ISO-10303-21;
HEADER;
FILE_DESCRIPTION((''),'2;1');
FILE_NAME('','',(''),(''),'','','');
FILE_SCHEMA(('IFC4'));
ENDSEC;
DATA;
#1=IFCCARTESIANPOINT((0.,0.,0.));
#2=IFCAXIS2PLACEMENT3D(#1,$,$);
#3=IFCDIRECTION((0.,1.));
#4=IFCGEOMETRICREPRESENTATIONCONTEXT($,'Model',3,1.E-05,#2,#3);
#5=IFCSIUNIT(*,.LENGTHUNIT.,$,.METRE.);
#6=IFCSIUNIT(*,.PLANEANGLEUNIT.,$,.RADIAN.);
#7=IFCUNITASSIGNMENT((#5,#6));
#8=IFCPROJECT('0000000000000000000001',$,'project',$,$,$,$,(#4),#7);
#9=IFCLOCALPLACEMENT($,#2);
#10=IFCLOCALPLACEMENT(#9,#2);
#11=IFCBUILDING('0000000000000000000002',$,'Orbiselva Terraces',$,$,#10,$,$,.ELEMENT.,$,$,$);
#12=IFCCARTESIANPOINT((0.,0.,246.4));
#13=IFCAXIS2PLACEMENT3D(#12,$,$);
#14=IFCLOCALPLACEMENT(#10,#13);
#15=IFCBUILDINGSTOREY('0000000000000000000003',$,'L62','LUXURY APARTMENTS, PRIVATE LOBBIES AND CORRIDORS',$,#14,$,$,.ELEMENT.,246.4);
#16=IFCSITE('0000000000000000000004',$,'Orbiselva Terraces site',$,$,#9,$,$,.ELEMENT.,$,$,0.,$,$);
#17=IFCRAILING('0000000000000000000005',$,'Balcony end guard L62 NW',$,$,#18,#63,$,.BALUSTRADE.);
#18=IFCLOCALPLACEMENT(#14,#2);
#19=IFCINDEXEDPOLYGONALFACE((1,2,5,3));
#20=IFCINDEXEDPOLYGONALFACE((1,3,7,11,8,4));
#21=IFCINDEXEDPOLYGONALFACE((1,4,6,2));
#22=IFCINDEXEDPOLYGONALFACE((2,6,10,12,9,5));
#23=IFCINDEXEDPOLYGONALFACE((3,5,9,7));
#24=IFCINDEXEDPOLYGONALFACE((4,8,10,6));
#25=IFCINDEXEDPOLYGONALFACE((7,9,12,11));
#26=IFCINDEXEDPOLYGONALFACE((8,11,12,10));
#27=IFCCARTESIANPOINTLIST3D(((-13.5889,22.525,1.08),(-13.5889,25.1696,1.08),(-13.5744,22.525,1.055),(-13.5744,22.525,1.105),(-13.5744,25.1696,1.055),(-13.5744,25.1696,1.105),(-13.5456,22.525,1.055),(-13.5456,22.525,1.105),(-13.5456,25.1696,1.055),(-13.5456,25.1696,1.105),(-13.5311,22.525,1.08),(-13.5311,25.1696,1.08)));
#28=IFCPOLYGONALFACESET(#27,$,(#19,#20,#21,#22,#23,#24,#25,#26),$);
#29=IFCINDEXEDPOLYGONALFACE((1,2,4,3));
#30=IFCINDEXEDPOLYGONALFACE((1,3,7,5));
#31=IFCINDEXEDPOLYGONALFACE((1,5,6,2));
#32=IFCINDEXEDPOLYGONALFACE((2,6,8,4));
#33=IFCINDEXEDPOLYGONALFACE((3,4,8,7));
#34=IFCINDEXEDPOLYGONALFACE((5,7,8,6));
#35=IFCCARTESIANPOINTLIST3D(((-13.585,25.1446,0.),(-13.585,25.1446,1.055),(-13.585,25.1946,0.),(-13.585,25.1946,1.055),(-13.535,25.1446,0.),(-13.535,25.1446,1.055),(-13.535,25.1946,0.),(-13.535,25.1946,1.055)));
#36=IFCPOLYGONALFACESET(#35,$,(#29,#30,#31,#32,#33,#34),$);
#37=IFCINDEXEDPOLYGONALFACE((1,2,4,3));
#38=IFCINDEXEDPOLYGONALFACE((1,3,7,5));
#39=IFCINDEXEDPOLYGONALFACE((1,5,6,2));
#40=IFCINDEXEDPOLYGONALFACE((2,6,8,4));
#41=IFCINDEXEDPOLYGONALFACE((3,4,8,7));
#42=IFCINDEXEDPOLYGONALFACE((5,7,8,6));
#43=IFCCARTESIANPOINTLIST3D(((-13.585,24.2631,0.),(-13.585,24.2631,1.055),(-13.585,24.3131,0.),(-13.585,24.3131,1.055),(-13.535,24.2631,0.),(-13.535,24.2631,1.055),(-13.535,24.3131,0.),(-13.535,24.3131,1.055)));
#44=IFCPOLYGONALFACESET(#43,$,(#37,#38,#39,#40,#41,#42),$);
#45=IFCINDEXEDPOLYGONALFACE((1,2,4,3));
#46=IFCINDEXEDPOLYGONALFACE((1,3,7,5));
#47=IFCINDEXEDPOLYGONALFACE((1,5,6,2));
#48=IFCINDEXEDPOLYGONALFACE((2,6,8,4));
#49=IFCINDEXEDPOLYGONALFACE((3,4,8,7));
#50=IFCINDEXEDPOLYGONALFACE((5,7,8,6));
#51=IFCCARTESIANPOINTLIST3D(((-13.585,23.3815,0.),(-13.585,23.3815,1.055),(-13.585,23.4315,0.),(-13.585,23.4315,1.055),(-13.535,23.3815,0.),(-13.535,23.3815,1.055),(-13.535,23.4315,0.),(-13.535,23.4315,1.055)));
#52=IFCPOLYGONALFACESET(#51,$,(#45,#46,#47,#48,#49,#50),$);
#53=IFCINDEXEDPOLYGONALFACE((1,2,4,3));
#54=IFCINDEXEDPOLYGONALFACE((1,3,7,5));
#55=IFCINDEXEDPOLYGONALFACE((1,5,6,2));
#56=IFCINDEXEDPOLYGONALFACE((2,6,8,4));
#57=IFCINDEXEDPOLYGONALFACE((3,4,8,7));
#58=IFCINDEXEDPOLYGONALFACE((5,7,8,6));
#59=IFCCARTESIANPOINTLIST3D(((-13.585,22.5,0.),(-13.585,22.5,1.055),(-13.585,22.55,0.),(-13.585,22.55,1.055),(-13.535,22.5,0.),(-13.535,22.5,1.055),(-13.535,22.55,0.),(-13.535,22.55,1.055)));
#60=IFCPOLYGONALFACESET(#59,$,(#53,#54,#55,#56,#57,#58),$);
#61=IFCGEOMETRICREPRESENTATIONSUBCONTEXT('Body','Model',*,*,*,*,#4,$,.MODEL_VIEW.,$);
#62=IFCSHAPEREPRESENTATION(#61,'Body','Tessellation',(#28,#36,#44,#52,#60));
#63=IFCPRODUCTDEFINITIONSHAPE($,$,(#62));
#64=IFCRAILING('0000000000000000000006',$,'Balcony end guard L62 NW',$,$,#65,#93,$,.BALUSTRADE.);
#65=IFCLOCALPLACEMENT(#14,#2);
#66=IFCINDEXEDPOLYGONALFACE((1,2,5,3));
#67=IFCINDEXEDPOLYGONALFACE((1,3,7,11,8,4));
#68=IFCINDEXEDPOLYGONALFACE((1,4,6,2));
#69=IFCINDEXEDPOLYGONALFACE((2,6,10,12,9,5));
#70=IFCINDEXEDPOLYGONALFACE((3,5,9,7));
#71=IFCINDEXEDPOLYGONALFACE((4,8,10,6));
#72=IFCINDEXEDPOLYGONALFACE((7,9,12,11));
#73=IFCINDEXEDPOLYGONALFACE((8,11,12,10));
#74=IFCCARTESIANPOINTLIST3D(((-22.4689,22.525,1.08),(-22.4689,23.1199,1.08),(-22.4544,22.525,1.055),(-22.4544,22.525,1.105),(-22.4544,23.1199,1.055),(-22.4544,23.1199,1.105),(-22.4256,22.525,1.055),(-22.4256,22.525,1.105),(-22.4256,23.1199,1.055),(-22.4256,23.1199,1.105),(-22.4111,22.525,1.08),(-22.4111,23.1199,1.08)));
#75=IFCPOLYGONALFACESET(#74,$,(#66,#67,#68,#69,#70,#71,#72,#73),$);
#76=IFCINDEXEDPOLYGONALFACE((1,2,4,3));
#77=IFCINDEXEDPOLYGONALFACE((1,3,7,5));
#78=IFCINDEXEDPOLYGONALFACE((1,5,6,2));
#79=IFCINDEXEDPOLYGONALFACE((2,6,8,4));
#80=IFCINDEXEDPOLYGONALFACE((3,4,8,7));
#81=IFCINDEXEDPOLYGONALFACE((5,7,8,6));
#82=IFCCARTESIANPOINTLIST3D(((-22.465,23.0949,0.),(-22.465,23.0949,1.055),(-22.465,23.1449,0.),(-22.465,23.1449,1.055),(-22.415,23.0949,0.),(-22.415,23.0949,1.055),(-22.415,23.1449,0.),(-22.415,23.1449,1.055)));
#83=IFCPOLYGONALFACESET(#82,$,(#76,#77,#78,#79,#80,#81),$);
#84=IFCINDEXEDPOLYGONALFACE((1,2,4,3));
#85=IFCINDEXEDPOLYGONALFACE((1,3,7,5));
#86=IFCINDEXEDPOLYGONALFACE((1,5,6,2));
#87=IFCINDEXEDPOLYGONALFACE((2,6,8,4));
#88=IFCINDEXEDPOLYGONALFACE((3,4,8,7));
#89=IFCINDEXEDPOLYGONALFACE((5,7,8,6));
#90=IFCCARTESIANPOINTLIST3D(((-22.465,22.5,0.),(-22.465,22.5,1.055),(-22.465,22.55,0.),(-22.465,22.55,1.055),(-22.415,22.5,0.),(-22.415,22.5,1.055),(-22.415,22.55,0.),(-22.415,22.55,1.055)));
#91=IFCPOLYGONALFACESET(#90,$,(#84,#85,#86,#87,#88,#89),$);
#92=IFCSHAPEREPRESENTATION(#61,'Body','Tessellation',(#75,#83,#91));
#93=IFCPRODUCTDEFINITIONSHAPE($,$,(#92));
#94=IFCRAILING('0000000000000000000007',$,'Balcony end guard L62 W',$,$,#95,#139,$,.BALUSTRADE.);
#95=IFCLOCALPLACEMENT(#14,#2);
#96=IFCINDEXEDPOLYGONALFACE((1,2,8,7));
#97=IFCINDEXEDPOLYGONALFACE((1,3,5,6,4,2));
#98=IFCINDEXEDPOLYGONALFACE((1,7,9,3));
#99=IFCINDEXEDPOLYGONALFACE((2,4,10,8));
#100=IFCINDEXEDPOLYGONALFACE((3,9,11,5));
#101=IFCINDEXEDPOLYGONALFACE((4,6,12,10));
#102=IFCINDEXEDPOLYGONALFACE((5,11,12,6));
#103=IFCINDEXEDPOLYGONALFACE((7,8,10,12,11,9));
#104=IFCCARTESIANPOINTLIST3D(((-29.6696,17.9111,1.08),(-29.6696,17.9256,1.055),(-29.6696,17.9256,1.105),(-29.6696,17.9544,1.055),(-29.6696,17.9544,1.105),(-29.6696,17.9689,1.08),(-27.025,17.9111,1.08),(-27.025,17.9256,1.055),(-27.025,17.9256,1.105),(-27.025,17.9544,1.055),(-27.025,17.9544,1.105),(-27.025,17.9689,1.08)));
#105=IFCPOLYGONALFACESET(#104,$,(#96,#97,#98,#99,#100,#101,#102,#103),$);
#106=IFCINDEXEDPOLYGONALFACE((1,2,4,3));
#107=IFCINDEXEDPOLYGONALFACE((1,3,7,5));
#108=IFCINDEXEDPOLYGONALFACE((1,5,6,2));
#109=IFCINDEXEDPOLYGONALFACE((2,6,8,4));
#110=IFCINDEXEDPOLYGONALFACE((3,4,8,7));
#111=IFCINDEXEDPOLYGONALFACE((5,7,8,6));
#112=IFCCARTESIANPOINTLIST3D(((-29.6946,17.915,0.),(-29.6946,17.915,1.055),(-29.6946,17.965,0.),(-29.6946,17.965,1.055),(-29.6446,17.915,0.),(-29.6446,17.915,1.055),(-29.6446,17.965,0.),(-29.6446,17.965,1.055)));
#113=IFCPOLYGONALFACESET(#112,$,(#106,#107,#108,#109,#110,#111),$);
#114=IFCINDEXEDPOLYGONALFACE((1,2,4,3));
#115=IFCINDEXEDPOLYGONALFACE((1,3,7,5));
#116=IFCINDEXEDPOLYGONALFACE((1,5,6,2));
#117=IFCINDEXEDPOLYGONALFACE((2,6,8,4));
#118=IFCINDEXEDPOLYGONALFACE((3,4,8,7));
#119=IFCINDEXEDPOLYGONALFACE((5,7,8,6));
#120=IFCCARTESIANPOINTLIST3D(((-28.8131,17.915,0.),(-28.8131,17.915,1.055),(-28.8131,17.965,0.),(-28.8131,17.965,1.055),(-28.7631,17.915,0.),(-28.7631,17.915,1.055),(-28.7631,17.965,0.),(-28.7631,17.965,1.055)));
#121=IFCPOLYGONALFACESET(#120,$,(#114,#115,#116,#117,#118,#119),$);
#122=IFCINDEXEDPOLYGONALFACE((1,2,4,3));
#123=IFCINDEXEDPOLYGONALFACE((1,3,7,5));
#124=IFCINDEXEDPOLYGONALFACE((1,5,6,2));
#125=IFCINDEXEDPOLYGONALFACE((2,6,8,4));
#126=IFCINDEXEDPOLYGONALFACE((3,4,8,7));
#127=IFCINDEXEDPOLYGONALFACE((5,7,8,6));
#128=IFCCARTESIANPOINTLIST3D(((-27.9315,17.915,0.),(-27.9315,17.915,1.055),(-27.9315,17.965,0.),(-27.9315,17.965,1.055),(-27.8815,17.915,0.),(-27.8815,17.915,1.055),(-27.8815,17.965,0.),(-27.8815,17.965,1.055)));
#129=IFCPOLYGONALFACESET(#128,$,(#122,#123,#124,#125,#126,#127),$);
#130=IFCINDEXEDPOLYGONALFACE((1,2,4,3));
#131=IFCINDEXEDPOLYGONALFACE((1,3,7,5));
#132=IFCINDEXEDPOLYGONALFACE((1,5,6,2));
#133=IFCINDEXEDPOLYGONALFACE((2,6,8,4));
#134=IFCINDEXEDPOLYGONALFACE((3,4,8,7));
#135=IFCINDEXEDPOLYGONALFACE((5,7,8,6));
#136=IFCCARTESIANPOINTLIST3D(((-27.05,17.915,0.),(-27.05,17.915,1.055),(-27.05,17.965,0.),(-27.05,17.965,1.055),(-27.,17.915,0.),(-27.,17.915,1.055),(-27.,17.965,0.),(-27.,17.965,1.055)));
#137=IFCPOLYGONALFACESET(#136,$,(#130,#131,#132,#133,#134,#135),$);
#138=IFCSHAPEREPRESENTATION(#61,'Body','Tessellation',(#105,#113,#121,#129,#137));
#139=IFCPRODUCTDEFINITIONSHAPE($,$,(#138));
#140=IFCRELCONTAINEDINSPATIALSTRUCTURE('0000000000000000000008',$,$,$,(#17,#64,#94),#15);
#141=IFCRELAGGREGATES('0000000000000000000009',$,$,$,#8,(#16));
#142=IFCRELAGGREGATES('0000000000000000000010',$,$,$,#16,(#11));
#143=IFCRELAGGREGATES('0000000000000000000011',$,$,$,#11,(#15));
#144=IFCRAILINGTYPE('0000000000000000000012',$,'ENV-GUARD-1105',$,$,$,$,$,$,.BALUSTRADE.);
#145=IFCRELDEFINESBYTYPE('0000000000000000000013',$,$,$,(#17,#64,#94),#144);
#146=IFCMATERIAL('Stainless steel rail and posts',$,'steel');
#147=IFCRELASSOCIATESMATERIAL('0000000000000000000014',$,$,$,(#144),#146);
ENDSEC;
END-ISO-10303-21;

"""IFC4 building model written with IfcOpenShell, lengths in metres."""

from ifc_helpers import new_model, si_unit, direction, frame, origin, origin_2d, place, context, subcontext, project, spatial, polyline, rectangle, outline, extrude, material, type_object, element, save


model = new_model("IFC4")

# Units and contexts
model_context = context("Model", 3, precision=1e-05, world=origin(), true_north=direction((0.0, 1.0)))
body_context = subcontext(model_context, "Body", "Model", "MODEL_VIEW")
ifc_project = project(units=[si_unit("LENGTHUNIT", "METRE"), si_unit("PLANEANGLEUNIT", "RADIAN")], contexts=[model_context])

# Site, building, storey
site_placement = place(None, origin())
site = spatial("IfcSite", under=ifc_project, at=site_placement, Name="Orbiselva Terraces site", CompositionType="ELEMENT", RefElevation=0.0)
building_placement = place(site_placement, origin())
building = spatial("IfcBuilding", under=site, at=building_placement, Name="Orbiselva Terraces", CompositionType="ELEMENT")
storey_placement = place(building_placement, frame((0.0, 0.0, 246.4)))
storey = spatial("IfcBuildingStorey", under=building, at=storey_placement, Name="L62", Description="LUXURY APARTMENTS, PRIVATE LOBBIES AND CORRIDORS", CompositionType="ELEMENT", Elevation=246.4)

# Railings
ifc_material_1 = material(Name="Stainless steel rail and posts", Category="steel")
railing_type_1 = type_object("IfcRailingType", Name="ENV-GUARD-1105", PredefinedType="BALUSTRADE", material=ifc_material_1)
railing_1_placement = place(storey_placement, frame((-13.56, 25.1696, 0.0)))
element("IfcRailing", 1, at=railing_1_placement, inside=storey, type_object=railing_type_1, Name="Balcony end guard L62 NW", PredefinedType="BALUSTRADE", context=body_context, shape_type="SweptSolid", body=[
    extrude(outline(polyline([(0.0289, 0.0), (0.0144, 0.025), (-0.0144, 0.025), (-0.0289, 0.0), (-0.0144, -0.025), (0.0144, -0.025), (0.0289, 0.0)])), frame((0.0, 0.0, 1.08), z_axis=(0.0, -1.0, 0.0), x_axis=(1.0, 0.0, 0.0)), (0.0, 0.0, 1.0), 2.6446),
    extrude(rectangle(XDim=0.05, YDim=0.05, at=origin_2d()), origin(), (0.0, 0.0, 1.0), 1.055),
    extrude(rectangle(XDim=0.05, YDim=0.05, at=origin_2d()), frame((0.0, -0.8815, 0.0)), (0.0, 0.0, 1.0), 1.055),
    extrude(rectangle(XDim=0.05, YDim=0.05, at=origin_2d()), frame((0.0, -1.7631, 0.0)), (0.0, 0.0, 1.0), 1.055),
    extrude(rectangle(XDim=0.05, YDim=0.05, at=origin_2d()), frame((0.0, -2.6446, 0.0)), (0.0, 0.0, 1.0), 1.055),
])
railing_2_placement = place(storey_placement, frame((-22.44, 23.1199, 0.0)))
element("IfcRailing", 2, at=railing_2_placement, inside=storey, type_object=railing_type_1, Name="Balcony end guard L62 NW", PredefinedType="BALUSTRADE", context=body_context, shape_type="SweptSolid", body=[
    extrude(outline(polyline([(0.0289, 0.0), (0.0144, 0.025), (-0.0144, 0.025), (-0.0289, 0.0), (-0.0144, -0.025), (0.0144, -0.025), (0.0289, 0.0)])), frame((0.0, 0.0, 1.08), z_axis=(0.0, -1.0, 0.0), x_axis=(1.0, 0.0, 0.0)), (0.0, 0.0, 1.0), 0.5949),
    extrude(rectangle(XDim=0.05, YDim=0.05, at=origin_2d()), origin(), (0.0, 0.0, 1.0), 1.055),
    extrude(rectangle(XDim=0.05, YDim=0.05, at=origin_2d()), frame((0.0, -0.5949, 0.0)), (0.0, 0.0, 1.0), 1.055),
])
railing_3_placement = place(storey_placement, frame((-29.6696, 17.94, 0.0)))
element("IfcRailing", 3, at=railing_3_placement, inside=storey, type_object=railing_type_1, Name="Balcony end guard L62 W", PredefinedType="BALUSTRADE", context=body_context, shape_type="SweptSolid", body=[
    extrude(outline(polyline([(0.0289, 0.0), (0.0144, 0.025), (-0.0144, 0.025), (-0.0289, 0.0), (-0.0144, -0.025), (0.0144, -0.025), (0.0289, 0.0)])), frame((0.0, 0.0, 1.08), z_axis=(1.0, 0.0, 0.0), x_axis=(0.0, 1.0, 0.0)), (0.0, 0.0, 1.0), 2.6446),
    extrude(rectangle(XDim=0.05, YDim=0.05, at=origin_2d()), origin(), (0.0, 0.0, 1.0), 1.055),
    extrude(rectangle(XDim=0.05, YDim=0.05, at=origin_2d()), frame((0.8815, 0.0, 0.0)), (0.0, 0.0, 1.0), 1.055),
    extrude(rectangle(XDim=0.05, YDim=0.05, at=origin_2d()), frame((1.7631, 0.0, 0.0)), (0.0, 0.0, 1.0), 1.055),
    extrude(rectangle(XDim=0.05, YDim=0.05, at=origin_2d()), frame((2.6446, 0.0, 0.0)), (0.0, 0.0, 1.0), 1.055),
])

save(model, "model.ifc")
